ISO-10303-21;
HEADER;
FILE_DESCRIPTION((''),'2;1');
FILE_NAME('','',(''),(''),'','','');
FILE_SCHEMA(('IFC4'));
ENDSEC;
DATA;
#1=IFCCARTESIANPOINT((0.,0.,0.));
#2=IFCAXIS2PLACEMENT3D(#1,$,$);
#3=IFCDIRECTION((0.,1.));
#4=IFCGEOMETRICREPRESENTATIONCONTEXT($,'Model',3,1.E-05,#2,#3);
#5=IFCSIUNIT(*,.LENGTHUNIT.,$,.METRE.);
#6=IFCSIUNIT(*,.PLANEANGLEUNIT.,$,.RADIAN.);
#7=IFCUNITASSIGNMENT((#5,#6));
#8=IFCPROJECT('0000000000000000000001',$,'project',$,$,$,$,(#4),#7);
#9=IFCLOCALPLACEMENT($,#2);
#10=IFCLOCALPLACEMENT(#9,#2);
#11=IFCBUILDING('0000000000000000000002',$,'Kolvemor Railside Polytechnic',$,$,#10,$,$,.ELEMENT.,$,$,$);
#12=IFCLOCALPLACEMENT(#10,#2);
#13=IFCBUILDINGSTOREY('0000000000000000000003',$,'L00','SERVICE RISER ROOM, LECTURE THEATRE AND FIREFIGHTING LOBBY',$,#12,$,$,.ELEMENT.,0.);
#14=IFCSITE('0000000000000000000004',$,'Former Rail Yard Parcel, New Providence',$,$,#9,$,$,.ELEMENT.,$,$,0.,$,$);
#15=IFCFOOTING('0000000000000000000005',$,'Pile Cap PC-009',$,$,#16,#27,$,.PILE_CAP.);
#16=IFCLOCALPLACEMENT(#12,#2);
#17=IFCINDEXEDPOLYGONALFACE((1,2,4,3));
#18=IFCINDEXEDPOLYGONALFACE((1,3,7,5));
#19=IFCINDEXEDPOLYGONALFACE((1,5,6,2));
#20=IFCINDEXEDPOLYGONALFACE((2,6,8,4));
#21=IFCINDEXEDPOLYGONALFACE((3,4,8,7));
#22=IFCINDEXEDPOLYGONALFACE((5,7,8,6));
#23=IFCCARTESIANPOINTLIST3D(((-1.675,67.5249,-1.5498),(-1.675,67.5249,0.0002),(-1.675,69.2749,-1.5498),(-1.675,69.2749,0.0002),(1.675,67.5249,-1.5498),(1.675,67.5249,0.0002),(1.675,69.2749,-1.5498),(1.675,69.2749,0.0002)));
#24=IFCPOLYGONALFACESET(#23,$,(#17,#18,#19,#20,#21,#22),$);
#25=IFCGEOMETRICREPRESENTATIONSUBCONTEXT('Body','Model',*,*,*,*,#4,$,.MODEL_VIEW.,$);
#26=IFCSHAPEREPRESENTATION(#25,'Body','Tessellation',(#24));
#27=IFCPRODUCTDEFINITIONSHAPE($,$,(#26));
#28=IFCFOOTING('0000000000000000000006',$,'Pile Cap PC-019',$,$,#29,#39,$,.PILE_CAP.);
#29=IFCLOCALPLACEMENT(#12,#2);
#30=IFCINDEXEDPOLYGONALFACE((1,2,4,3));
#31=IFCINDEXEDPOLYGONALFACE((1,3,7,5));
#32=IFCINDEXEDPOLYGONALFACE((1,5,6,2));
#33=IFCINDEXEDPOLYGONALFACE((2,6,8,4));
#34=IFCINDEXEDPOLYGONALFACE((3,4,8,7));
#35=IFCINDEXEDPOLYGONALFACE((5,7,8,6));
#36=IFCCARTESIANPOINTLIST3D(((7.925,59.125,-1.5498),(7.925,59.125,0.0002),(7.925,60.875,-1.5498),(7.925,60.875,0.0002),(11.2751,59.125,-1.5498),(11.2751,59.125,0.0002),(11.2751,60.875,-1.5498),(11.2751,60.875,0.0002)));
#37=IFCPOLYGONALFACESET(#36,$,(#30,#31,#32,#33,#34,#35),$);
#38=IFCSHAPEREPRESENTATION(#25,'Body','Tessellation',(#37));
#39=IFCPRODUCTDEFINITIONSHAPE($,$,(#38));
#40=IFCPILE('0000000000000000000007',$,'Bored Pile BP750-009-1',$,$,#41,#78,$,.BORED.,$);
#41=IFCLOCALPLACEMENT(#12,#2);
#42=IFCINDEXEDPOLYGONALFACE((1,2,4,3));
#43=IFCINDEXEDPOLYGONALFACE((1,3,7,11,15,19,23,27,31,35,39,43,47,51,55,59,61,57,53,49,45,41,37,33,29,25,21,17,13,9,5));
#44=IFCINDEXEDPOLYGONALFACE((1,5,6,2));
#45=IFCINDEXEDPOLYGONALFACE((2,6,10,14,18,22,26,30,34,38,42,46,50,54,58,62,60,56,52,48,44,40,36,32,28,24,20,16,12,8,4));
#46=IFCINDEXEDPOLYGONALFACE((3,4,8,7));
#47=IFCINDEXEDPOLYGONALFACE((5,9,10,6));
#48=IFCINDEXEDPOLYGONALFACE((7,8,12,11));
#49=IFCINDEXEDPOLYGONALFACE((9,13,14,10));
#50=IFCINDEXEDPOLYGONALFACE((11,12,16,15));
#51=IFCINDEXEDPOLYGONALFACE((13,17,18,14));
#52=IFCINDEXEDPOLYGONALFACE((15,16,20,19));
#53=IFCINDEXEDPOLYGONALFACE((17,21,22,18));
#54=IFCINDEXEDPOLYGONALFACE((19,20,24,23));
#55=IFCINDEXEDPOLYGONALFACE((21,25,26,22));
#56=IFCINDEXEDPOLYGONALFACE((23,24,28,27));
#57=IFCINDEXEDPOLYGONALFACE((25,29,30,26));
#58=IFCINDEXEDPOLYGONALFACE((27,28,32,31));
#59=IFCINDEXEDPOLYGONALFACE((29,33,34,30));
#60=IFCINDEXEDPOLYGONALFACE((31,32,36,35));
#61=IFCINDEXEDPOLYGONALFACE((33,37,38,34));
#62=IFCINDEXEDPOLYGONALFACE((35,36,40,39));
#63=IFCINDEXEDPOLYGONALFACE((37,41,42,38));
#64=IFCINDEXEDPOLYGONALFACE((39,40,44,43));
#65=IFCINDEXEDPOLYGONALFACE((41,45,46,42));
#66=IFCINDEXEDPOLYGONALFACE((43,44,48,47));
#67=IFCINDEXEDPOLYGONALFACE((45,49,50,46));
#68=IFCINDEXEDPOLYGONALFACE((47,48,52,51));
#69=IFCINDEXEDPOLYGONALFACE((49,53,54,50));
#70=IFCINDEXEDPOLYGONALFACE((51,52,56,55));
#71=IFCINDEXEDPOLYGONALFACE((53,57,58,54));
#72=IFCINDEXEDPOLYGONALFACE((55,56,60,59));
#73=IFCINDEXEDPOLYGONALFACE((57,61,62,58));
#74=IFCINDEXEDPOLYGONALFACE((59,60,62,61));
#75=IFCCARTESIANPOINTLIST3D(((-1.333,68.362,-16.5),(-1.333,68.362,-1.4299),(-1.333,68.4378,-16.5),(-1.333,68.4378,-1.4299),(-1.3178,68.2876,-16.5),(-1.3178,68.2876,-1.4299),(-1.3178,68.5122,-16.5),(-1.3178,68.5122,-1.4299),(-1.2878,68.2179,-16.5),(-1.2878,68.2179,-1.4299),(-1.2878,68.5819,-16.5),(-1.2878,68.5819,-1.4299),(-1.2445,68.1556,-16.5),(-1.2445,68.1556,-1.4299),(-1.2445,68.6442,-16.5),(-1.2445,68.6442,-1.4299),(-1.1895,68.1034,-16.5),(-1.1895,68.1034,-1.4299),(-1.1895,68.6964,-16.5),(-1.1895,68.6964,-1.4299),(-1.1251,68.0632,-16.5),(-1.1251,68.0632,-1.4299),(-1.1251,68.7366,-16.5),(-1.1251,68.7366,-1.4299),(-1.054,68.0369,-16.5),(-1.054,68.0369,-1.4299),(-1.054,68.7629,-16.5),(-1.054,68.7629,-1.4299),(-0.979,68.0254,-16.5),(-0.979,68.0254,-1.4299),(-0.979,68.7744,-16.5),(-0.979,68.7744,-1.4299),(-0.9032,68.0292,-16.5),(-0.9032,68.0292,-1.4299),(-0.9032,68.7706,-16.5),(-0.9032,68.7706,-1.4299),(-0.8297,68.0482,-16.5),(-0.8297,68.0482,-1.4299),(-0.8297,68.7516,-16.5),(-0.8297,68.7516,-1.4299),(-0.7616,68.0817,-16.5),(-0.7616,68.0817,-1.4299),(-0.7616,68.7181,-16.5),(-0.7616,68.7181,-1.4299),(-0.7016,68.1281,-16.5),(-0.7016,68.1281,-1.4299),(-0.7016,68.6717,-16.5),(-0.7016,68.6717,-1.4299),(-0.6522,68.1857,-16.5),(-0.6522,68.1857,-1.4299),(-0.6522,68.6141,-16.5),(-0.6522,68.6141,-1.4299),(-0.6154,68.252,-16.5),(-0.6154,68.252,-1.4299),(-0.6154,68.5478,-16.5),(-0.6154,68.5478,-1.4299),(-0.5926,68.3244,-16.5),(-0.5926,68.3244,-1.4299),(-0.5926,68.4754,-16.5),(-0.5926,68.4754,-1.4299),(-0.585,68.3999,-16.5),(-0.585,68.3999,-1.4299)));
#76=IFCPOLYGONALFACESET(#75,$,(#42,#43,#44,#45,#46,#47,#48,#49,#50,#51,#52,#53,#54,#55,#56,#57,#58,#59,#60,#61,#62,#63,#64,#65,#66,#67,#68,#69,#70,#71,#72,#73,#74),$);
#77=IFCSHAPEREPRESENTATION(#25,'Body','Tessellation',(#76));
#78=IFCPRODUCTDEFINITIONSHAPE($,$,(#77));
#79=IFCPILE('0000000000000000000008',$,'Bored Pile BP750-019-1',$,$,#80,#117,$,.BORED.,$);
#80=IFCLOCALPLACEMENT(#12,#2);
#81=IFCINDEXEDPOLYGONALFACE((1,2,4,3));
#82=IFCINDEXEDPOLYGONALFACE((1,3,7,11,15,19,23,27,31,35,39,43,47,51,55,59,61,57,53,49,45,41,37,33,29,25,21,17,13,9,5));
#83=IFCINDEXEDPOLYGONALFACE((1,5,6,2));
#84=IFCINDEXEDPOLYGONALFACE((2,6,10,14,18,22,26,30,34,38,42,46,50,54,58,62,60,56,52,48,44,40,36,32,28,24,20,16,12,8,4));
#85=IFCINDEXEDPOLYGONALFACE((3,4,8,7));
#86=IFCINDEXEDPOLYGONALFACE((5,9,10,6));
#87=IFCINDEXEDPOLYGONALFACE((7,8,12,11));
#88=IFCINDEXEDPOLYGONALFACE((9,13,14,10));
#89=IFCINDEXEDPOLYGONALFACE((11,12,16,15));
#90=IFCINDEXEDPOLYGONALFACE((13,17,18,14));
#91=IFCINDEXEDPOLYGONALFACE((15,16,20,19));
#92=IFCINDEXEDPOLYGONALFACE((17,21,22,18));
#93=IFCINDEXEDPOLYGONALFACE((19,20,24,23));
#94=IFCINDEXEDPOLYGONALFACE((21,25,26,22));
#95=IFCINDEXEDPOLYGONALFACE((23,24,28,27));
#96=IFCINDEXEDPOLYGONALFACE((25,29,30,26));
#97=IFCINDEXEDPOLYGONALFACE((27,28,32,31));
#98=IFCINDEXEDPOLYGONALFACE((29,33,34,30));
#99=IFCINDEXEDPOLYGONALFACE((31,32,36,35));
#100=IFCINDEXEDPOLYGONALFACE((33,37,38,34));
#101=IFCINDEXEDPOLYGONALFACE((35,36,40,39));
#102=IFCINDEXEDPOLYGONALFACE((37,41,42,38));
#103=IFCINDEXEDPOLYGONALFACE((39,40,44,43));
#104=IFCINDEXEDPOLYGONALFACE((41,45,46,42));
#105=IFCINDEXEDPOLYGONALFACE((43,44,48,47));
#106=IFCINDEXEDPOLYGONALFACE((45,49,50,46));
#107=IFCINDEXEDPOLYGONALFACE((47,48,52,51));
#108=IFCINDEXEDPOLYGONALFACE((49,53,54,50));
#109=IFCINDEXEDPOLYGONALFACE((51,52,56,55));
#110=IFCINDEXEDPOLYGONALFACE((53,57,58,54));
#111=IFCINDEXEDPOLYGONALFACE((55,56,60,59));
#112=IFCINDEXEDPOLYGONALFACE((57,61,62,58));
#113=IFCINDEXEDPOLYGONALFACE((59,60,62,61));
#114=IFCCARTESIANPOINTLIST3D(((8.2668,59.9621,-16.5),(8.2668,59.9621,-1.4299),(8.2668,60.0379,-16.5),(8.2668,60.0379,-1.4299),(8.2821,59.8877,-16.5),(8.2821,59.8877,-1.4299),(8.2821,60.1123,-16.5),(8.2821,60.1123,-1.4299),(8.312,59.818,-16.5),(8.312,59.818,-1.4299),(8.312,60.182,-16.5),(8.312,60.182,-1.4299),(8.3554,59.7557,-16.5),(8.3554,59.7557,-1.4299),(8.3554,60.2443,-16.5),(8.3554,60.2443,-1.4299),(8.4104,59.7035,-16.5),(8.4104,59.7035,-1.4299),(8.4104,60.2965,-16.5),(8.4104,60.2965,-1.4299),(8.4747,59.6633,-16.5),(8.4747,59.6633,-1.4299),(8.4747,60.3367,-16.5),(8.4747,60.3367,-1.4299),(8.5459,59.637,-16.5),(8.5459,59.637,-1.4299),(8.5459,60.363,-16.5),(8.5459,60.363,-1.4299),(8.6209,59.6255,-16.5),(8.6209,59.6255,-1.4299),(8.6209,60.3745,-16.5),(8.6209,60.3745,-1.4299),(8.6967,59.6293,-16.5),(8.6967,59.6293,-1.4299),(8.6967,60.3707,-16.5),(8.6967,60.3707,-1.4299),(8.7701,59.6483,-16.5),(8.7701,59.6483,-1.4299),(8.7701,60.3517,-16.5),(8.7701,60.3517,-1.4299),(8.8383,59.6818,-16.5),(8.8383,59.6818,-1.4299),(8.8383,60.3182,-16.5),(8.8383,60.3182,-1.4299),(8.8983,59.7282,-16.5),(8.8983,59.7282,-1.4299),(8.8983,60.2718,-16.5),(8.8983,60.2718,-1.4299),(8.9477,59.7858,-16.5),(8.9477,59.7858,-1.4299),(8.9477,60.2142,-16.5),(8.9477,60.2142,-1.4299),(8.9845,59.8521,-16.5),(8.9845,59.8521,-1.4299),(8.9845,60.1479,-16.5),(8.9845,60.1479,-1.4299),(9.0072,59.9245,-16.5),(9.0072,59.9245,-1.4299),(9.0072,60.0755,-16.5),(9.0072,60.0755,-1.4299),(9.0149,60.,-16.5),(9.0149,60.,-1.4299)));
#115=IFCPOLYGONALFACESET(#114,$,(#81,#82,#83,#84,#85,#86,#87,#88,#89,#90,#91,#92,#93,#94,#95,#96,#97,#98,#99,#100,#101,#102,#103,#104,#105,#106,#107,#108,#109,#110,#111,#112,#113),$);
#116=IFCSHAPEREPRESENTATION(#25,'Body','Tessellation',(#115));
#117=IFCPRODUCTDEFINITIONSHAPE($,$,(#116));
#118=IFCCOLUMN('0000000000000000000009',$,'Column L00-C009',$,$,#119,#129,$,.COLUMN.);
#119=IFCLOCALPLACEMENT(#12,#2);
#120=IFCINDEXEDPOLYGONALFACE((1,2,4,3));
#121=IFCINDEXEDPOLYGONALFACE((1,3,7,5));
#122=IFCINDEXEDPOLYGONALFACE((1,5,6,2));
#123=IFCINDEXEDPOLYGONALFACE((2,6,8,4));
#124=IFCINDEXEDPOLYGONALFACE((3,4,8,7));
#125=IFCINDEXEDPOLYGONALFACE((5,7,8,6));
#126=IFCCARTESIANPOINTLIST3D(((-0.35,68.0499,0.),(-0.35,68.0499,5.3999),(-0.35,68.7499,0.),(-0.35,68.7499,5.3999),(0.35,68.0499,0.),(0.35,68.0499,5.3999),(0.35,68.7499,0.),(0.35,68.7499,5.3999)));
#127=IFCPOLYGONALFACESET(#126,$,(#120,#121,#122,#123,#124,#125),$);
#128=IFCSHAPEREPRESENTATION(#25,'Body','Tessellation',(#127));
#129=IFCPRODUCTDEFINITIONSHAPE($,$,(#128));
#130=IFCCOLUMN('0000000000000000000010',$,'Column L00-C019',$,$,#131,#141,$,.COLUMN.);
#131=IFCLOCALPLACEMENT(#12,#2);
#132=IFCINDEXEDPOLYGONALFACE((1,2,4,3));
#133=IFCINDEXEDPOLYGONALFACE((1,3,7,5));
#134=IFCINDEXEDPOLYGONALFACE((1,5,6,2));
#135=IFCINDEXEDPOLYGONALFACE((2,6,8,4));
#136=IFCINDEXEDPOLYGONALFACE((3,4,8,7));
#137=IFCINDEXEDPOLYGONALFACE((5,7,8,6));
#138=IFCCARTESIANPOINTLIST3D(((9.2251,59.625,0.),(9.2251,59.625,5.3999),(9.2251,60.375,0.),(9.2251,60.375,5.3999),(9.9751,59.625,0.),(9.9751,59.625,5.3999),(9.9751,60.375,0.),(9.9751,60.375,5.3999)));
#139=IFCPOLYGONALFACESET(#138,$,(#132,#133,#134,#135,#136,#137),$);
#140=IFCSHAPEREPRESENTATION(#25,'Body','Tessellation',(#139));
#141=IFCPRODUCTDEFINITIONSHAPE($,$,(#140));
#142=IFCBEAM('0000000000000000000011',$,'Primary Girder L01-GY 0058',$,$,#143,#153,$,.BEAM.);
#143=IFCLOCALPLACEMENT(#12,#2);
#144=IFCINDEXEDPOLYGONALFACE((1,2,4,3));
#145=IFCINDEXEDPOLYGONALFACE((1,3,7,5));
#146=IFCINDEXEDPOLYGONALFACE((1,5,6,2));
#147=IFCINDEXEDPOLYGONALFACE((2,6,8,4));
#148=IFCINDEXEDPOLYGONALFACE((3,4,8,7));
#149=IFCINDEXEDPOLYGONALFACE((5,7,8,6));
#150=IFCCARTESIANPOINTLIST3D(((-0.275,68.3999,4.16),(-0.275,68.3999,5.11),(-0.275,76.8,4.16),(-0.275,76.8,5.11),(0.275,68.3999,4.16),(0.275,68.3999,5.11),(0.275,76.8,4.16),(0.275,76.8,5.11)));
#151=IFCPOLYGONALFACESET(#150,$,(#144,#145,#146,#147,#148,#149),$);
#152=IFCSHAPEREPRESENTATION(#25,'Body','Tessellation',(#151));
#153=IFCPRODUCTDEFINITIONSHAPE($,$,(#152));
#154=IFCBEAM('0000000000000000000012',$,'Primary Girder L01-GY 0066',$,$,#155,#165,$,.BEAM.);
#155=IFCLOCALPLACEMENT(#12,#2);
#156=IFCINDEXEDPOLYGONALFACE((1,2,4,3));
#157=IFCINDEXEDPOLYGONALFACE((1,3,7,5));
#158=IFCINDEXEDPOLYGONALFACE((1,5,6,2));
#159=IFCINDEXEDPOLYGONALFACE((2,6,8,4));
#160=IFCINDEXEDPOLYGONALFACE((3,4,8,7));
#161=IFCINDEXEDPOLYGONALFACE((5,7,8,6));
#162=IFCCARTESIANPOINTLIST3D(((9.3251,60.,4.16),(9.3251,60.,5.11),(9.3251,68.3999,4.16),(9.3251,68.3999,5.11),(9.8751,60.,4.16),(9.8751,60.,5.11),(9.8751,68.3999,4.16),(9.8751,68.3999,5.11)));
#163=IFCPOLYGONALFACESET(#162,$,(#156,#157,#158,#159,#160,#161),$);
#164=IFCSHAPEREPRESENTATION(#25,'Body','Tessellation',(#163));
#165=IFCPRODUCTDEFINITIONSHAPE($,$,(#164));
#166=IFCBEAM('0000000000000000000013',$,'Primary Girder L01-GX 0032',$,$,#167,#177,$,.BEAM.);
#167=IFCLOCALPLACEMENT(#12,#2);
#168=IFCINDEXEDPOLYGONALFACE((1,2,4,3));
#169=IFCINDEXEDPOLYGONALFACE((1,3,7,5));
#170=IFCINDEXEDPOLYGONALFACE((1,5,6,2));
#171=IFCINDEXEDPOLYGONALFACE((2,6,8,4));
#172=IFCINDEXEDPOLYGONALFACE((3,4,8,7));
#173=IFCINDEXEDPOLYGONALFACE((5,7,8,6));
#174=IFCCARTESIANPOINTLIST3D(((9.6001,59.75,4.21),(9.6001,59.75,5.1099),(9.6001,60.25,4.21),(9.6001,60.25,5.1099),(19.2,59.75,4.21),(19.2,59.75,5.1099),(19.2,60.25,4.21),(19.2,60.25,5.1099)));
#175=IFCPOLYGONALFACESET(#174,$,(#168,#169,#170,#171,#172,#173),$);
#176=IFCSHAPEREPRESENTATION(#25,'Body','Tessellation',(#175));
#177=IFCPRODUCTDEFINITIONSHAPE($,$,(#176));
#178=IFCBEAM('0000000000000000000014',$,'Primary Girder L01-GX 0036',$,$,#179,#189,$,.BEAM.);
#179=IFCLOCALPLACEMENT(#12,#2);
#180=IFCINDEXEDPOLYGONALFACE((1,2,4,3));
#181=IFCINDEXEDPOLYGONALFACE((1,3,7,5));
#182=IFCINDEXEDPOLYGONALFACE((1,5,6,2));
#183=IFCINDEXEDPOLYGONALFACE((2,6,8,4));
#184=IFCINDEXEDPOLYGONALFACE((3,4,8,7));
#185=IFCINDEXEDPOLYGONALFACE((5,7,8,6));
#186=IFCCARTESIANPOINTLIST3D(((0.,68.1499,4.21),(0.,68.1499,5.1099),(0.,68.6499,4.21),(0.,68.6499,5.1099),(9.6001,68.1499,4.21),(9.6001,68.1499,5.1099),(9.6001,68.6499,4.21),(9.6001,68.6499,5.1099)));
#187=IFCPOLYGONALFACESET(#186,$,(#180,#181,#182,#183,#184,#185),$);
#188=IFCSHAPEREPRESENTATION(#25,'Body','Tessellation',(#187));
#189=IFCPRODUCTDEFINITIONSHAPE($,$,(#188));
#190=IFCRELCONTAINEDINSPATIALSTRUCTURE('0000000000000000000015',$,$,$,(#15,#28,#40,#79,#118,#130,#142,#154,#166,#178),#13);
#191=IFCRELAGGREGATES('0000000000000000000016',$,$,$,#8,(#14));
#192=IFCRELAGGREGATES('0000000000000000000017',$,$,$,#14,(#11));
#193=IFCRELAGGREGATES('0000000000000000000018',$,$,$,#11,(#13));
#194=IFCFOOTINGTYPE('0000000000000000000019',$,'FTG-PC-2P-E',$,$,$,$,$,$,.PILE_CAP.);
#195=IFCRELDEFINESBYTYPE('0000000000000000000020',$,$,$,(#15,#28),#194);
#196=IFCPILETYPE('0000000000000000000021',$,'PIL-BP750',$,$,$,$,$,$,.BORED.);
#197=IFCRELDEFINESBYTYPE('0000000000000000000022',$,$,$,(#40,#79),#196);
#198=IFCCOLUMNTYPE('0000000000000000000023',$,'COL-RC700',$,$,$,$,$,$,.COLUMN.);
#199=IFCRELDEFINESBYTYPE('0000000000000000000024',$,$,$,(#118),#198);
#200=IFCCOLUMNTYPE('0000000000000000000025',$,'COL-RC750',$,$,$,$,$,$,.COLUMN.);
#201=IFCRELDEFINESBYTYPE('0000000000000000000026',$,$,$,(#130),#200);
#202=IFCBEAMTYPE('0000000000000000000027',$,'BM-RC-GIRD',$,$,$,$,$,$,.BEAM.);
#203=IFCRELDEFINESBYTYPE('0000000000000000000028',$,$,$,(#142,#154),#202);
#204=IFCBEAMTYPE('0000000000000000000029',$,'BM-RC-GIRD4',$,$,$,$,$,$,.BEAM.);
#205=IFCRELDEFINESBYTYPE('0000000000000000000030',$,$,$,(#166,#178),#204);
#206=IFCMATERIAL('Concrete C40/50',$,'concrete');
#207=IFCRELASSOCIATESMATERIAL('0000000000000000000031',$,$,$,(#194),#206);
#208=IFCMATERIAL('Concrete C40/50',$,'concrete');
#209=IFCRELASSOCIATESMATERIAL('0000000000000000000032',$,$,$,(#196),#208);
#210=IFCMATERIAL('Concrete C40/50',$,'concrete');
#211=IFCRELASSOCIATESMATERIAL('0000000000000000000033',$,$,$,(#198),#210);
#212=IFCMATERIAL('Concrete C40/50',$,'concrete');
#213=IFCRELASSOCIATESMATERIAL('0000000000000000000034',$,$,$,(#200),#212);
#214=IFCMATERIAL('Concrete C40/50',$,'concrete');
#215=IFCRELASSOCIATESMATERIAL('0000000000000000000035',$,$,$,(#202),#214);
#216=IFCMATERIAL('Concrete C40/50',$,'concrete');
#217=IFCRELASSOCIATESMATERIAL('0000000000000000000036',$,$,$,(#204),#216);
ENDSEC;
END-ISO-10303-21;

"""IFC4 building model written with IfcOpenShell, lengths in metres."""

from ifc_helpers import new_model, si_unit, direction, frame, origin, origin_2d, place, context, subcontext, project, spatial, rectangle, circle, extrude, material, material_profile, profile_set, type_object, element, save


model = new_model("IFC4")

# Units and contexts
model_context = context("Model", 3, precision=1e-05, world=origin(), true_north=direction((0.0, 1.0)))
body_context = subcontext(model_context, "Body", "Model", "MODEL_VIEW")
ifc_project = project(units=[si_unit("LENGTHUNIT", "METRE"), si_unit("PLANEANGLEUNIT", "RADIAN")], contexts=[model_context])

# Site, building, storey
site_placement = place(None, origin())
site = spatial("IfcSite", under=ifc_project, at=site_placement, Name="Former Rail Yard Parcel, New Providence", CompositionType="ELEMENT", RefElevation=0.0)
building_placement = place(site_placement, origin())
building = spatial("IfcBuilding", under=site, at=building_placement, Name="Kolvemor Railside Polytechnic", CompositionType="ELEMENT")
storey_placement = place(building_placement, origin())
storey = spatial("IfcBuildingStorey", under=building, at=storey_placement, Name="L00", Description="SERVICE RISER ROOM, LECTURE THEATRE AND FIREFIGHTING LOBBY", CompositionType="ELEMENT", Elevation=0.0)

# Footings
ifc_material_1 = material(Name="Concrete C40/50", Category="concrete")
footing_type = type_object("IfcFootingType", Name="FTG-PC-2P-E", PredefinedType="PILE_CAP", material=ifc_material_1)
for number, where, z_axis, x_axis, name in (
    (1, (0.0, 68.3999, -1.5498), (0.0, 0.0, 1.0), (1.0, 0.0, 0.0), "Pile Cap PC-009"),
    (2, (9.6001, 60.0, -1.5498), (0.0, 0.0, 1.0), (1.0, 0.0, 0.0), "Pile Cap PC-019"),
):
    element("IfcFooting", number, at=place(storey_placement, frame(where, z_axis=z_axis, x_axis=x_axis)), inside=storey, type_object=footing_type, Name=name, PredefinedType="PILE_CAP", context=body_context, shape_type="SweptSolid", body=[
        extrude(rectangle(XDim=3.3501, YDim=1.75, at=origin_2d()), origin(), (0.0, 0.0, 1.0), 1.55),
    ])

# Piles
ifc_material_2 = material(Name="Concrete C40/50", Category="concrete")
ifc_material_profile_1 = material_profile(ifc_material_2, circle(Radius=0.375, at=origin_2d()), Name="BP750")
ifc_profile_set_1 = profile_set([ifc_material_profile_1], Name="Concrete C40/50")
pile_type = type_object("IfcPileType", Name="PIL-BP750", PredefinedType="BORED", material=ifc_profile_set_1)
for number, where, z_axis, x_axis, name in (
    (3, (-0.96, 68.3999, -1.4299), (0.0, 0.0, -1.0), (1.0, 0.0, 0.0), "Bored Pile BP750-009-1"),
    (4, (8.6399, 60.0, -1.4299), (0.0, 0.0, -1.0), (1.0, 0.0, 0.0), "Bored Pile BP750-019-1"),
):
    element("IfcPile", number, at=place(storey_placement, frame(where, z_axis=z_axis, x_axis=x_axis)), inside=storey, type_object=pile_type, Name=name, PredefinedType="BORED", context=body_context, shape_type="SweptSolid", body=[
        extrude(circle(Radius=0.375, at=origin_2d()), origin(), (0.0, 0.0, 1.0), 15.0701),
    ])

# Columns
ifc_material_3 = material(Name="Concrete C40/50", Category="concrete")
ifc_material_profile_2 = material_profile(ifc_material_3, rectangle(XDim=0.7, YDim=0.7, at=origin_2d()), Name="RC700x700")
ifc_profile_set_2 = profile_set([ifc_material_profile_2], Name="Concrete C40/50")
column_type_1 = type_object("IfcColumnType", Name="COL-RC700", PredefinedType="COLUMN", material=ifc_profile_set_2)
column_1_placement = place(storey_placement, frame((0.0, 68.3999, 0.0), z_axis=(0.0, 0.0, 1.0), x_axis=(1.0, 0.0, 0.0)))
element("IfcColumn", 5, at=column_1_placement, inside=storey, type_object=column_type_1, Name="Column L00-C009", PredefinedType="COLUMN", context=body_context, shape_type="SweptSolid", body=[
    extrude(rectangle(XDim=0.7, YDim=0.7, at=origin_2d()), origin(), (0.0, 0.0, 1.0), 5.3999),
])
ifc_material_4 = material(Name="Concrete C40/50", Category="concrete")
ifc_material_profile_3 = material_profile(ifc_material_4, rectangle(XDim=0.75, YDim=0.75, at=origin_2d()), Name="RC750x750")
ifc_profile_set_3 = profile_set([ifc_material_profile_3], Name="Concrete C40/50")
column_type_2 = type_object("IfcColumnType", Name="COL-RC750", PredefinedType="COLUMN", material=ifc_profile_set_3)
column_2_placement = place(storey_placement, frame((9.6001, 60.0, 0.0), z_axis=(0.0, 0.0, 1.0), x_axis=(1.0, 0.0, 0.0)))
element("IfcColumn", 6, at=column_2_placement, inside=storey, type_object=column_type_2, Name="Column L00-C019", PredefinedType="COLUMN", context=body_context, shape_type="SweptSolid", body=[
    extrude(rectangle(XDim=0.75, YDim=0.75, at=origin_2d()), origin(), (0.0, 0.0, 1.0), 5.3999),
])

# Beams
ifc_material_5 = material(Name="Concrete C40/50", Category="concrete")
ifc_material_profile_4 = material_profile(ifc_material_5, rectangle(XDim=0.55, YDim=0.95, at=origin_2d()), Name="RC550x950")
ifc_profile_set_4 = profile_set([ifc_material_profile_4], Name="Concrete C40/50")
beam_type_1 = type_object("IfcBeamType", Name="BM-RC-GIRD", PredefinedType="BEAM", material=ifc_profile_set_4)
beam_1_placement = place(storey_placement, frame((0.0, 68.3999, 4.635), z_axis=(0.0, 1.0, 0.0), x_axis=(-1.0, 0.0, 0.0)))
element("IfcBeam", 7, at=beam_1_placement, inside=storey, type_object=beam_type_1, Name="Primary Girder L01-GY 0058", PredefinedType="BEAM", context=body_context, shape_type="SweptSolid", body=[
    extrude(rectangle(XDim=0.55, YDim=0.95, at=origin_2d()), origin(), (0.0, 0.0, 1.0), 8.4001),
])
beam_2_placement = place(storey_placement, frame((9.6001, 60.0, 4.635), z_axis=(0.0, 1.0, 0.0), x_axis=(-1.0, 0.0, 0.0)))
element("IfcBeam", 8, at=beam_2_placement, inside=storey, type_object=beam_type_1, Name="Primary Girder L01-GY 0066", PredefinedType="BEAM", context=body_context, shape_type="SweptSolid", body=[
    extrude(rectangle(XDim=0.55, YDim=0.95, at=origin_2d()), origin(), (0.0, 0.0, 1.0), 8.3999),
])
ifc_material_6 = material(Name="Concrete C40/50", Category="concrete")
ifc_material_profile_5 = material_profile(ifc_material_6, rectangle(XDim=0.5, YDim=0.8999, at=origin_2d()), Name="RC500x900")
ifc_profile_set_5 = profile_set([ifc_material_profile_5], Name="Concrete C40/50")
beam_type_2 = type_object("IfcBeamType", Name="BM-RC-GIRD4", PredefinedType="BEAM", material=ifc_profile_set_5)
beam_3_placement = place(storey_placement, frame((9.6001, 60.0, 4.6599), z_axis=(1.0, 0.0, 0.0), x_axis=(0.0, 1.0, 0.0)))
element("IfcBeam", 9, at=beam_3_placement, inside=storey, type_object=beam_type_2, Name="Primary Girder L01-GX 0032", PredefinedType="BEAM", context=body_context, shape_type="SweptSolid", body=[
    extrude(rectangle(XDim=0.5, YDim=0.8999, at=origin_2d()), origin(), (0.0, 0.0, 1.0), 9.5999),
])
beam_4_placement = place(storey_placement, frame((0.0, 68.3999, 4.6599), z_axis=(1.0, 0.0, 0.0), x_axis=(0.0, 1.0, 0.0)))
element("IfcBeam", 10, at=beam_4_placement, inside=storey, type_object=beam_type_2, Name="Primary Girder L01-GX 0036", PredefinedType="BEAM", context=body_context, shape_type="SweptSolid", body=[
    extrude(rectangle(XDim=0.5, YDim=0.8999, at=origin_2d()), origin(), (0.0, 0.0, 1.0), 9.6001),
])

save(model, "model.ifc")
